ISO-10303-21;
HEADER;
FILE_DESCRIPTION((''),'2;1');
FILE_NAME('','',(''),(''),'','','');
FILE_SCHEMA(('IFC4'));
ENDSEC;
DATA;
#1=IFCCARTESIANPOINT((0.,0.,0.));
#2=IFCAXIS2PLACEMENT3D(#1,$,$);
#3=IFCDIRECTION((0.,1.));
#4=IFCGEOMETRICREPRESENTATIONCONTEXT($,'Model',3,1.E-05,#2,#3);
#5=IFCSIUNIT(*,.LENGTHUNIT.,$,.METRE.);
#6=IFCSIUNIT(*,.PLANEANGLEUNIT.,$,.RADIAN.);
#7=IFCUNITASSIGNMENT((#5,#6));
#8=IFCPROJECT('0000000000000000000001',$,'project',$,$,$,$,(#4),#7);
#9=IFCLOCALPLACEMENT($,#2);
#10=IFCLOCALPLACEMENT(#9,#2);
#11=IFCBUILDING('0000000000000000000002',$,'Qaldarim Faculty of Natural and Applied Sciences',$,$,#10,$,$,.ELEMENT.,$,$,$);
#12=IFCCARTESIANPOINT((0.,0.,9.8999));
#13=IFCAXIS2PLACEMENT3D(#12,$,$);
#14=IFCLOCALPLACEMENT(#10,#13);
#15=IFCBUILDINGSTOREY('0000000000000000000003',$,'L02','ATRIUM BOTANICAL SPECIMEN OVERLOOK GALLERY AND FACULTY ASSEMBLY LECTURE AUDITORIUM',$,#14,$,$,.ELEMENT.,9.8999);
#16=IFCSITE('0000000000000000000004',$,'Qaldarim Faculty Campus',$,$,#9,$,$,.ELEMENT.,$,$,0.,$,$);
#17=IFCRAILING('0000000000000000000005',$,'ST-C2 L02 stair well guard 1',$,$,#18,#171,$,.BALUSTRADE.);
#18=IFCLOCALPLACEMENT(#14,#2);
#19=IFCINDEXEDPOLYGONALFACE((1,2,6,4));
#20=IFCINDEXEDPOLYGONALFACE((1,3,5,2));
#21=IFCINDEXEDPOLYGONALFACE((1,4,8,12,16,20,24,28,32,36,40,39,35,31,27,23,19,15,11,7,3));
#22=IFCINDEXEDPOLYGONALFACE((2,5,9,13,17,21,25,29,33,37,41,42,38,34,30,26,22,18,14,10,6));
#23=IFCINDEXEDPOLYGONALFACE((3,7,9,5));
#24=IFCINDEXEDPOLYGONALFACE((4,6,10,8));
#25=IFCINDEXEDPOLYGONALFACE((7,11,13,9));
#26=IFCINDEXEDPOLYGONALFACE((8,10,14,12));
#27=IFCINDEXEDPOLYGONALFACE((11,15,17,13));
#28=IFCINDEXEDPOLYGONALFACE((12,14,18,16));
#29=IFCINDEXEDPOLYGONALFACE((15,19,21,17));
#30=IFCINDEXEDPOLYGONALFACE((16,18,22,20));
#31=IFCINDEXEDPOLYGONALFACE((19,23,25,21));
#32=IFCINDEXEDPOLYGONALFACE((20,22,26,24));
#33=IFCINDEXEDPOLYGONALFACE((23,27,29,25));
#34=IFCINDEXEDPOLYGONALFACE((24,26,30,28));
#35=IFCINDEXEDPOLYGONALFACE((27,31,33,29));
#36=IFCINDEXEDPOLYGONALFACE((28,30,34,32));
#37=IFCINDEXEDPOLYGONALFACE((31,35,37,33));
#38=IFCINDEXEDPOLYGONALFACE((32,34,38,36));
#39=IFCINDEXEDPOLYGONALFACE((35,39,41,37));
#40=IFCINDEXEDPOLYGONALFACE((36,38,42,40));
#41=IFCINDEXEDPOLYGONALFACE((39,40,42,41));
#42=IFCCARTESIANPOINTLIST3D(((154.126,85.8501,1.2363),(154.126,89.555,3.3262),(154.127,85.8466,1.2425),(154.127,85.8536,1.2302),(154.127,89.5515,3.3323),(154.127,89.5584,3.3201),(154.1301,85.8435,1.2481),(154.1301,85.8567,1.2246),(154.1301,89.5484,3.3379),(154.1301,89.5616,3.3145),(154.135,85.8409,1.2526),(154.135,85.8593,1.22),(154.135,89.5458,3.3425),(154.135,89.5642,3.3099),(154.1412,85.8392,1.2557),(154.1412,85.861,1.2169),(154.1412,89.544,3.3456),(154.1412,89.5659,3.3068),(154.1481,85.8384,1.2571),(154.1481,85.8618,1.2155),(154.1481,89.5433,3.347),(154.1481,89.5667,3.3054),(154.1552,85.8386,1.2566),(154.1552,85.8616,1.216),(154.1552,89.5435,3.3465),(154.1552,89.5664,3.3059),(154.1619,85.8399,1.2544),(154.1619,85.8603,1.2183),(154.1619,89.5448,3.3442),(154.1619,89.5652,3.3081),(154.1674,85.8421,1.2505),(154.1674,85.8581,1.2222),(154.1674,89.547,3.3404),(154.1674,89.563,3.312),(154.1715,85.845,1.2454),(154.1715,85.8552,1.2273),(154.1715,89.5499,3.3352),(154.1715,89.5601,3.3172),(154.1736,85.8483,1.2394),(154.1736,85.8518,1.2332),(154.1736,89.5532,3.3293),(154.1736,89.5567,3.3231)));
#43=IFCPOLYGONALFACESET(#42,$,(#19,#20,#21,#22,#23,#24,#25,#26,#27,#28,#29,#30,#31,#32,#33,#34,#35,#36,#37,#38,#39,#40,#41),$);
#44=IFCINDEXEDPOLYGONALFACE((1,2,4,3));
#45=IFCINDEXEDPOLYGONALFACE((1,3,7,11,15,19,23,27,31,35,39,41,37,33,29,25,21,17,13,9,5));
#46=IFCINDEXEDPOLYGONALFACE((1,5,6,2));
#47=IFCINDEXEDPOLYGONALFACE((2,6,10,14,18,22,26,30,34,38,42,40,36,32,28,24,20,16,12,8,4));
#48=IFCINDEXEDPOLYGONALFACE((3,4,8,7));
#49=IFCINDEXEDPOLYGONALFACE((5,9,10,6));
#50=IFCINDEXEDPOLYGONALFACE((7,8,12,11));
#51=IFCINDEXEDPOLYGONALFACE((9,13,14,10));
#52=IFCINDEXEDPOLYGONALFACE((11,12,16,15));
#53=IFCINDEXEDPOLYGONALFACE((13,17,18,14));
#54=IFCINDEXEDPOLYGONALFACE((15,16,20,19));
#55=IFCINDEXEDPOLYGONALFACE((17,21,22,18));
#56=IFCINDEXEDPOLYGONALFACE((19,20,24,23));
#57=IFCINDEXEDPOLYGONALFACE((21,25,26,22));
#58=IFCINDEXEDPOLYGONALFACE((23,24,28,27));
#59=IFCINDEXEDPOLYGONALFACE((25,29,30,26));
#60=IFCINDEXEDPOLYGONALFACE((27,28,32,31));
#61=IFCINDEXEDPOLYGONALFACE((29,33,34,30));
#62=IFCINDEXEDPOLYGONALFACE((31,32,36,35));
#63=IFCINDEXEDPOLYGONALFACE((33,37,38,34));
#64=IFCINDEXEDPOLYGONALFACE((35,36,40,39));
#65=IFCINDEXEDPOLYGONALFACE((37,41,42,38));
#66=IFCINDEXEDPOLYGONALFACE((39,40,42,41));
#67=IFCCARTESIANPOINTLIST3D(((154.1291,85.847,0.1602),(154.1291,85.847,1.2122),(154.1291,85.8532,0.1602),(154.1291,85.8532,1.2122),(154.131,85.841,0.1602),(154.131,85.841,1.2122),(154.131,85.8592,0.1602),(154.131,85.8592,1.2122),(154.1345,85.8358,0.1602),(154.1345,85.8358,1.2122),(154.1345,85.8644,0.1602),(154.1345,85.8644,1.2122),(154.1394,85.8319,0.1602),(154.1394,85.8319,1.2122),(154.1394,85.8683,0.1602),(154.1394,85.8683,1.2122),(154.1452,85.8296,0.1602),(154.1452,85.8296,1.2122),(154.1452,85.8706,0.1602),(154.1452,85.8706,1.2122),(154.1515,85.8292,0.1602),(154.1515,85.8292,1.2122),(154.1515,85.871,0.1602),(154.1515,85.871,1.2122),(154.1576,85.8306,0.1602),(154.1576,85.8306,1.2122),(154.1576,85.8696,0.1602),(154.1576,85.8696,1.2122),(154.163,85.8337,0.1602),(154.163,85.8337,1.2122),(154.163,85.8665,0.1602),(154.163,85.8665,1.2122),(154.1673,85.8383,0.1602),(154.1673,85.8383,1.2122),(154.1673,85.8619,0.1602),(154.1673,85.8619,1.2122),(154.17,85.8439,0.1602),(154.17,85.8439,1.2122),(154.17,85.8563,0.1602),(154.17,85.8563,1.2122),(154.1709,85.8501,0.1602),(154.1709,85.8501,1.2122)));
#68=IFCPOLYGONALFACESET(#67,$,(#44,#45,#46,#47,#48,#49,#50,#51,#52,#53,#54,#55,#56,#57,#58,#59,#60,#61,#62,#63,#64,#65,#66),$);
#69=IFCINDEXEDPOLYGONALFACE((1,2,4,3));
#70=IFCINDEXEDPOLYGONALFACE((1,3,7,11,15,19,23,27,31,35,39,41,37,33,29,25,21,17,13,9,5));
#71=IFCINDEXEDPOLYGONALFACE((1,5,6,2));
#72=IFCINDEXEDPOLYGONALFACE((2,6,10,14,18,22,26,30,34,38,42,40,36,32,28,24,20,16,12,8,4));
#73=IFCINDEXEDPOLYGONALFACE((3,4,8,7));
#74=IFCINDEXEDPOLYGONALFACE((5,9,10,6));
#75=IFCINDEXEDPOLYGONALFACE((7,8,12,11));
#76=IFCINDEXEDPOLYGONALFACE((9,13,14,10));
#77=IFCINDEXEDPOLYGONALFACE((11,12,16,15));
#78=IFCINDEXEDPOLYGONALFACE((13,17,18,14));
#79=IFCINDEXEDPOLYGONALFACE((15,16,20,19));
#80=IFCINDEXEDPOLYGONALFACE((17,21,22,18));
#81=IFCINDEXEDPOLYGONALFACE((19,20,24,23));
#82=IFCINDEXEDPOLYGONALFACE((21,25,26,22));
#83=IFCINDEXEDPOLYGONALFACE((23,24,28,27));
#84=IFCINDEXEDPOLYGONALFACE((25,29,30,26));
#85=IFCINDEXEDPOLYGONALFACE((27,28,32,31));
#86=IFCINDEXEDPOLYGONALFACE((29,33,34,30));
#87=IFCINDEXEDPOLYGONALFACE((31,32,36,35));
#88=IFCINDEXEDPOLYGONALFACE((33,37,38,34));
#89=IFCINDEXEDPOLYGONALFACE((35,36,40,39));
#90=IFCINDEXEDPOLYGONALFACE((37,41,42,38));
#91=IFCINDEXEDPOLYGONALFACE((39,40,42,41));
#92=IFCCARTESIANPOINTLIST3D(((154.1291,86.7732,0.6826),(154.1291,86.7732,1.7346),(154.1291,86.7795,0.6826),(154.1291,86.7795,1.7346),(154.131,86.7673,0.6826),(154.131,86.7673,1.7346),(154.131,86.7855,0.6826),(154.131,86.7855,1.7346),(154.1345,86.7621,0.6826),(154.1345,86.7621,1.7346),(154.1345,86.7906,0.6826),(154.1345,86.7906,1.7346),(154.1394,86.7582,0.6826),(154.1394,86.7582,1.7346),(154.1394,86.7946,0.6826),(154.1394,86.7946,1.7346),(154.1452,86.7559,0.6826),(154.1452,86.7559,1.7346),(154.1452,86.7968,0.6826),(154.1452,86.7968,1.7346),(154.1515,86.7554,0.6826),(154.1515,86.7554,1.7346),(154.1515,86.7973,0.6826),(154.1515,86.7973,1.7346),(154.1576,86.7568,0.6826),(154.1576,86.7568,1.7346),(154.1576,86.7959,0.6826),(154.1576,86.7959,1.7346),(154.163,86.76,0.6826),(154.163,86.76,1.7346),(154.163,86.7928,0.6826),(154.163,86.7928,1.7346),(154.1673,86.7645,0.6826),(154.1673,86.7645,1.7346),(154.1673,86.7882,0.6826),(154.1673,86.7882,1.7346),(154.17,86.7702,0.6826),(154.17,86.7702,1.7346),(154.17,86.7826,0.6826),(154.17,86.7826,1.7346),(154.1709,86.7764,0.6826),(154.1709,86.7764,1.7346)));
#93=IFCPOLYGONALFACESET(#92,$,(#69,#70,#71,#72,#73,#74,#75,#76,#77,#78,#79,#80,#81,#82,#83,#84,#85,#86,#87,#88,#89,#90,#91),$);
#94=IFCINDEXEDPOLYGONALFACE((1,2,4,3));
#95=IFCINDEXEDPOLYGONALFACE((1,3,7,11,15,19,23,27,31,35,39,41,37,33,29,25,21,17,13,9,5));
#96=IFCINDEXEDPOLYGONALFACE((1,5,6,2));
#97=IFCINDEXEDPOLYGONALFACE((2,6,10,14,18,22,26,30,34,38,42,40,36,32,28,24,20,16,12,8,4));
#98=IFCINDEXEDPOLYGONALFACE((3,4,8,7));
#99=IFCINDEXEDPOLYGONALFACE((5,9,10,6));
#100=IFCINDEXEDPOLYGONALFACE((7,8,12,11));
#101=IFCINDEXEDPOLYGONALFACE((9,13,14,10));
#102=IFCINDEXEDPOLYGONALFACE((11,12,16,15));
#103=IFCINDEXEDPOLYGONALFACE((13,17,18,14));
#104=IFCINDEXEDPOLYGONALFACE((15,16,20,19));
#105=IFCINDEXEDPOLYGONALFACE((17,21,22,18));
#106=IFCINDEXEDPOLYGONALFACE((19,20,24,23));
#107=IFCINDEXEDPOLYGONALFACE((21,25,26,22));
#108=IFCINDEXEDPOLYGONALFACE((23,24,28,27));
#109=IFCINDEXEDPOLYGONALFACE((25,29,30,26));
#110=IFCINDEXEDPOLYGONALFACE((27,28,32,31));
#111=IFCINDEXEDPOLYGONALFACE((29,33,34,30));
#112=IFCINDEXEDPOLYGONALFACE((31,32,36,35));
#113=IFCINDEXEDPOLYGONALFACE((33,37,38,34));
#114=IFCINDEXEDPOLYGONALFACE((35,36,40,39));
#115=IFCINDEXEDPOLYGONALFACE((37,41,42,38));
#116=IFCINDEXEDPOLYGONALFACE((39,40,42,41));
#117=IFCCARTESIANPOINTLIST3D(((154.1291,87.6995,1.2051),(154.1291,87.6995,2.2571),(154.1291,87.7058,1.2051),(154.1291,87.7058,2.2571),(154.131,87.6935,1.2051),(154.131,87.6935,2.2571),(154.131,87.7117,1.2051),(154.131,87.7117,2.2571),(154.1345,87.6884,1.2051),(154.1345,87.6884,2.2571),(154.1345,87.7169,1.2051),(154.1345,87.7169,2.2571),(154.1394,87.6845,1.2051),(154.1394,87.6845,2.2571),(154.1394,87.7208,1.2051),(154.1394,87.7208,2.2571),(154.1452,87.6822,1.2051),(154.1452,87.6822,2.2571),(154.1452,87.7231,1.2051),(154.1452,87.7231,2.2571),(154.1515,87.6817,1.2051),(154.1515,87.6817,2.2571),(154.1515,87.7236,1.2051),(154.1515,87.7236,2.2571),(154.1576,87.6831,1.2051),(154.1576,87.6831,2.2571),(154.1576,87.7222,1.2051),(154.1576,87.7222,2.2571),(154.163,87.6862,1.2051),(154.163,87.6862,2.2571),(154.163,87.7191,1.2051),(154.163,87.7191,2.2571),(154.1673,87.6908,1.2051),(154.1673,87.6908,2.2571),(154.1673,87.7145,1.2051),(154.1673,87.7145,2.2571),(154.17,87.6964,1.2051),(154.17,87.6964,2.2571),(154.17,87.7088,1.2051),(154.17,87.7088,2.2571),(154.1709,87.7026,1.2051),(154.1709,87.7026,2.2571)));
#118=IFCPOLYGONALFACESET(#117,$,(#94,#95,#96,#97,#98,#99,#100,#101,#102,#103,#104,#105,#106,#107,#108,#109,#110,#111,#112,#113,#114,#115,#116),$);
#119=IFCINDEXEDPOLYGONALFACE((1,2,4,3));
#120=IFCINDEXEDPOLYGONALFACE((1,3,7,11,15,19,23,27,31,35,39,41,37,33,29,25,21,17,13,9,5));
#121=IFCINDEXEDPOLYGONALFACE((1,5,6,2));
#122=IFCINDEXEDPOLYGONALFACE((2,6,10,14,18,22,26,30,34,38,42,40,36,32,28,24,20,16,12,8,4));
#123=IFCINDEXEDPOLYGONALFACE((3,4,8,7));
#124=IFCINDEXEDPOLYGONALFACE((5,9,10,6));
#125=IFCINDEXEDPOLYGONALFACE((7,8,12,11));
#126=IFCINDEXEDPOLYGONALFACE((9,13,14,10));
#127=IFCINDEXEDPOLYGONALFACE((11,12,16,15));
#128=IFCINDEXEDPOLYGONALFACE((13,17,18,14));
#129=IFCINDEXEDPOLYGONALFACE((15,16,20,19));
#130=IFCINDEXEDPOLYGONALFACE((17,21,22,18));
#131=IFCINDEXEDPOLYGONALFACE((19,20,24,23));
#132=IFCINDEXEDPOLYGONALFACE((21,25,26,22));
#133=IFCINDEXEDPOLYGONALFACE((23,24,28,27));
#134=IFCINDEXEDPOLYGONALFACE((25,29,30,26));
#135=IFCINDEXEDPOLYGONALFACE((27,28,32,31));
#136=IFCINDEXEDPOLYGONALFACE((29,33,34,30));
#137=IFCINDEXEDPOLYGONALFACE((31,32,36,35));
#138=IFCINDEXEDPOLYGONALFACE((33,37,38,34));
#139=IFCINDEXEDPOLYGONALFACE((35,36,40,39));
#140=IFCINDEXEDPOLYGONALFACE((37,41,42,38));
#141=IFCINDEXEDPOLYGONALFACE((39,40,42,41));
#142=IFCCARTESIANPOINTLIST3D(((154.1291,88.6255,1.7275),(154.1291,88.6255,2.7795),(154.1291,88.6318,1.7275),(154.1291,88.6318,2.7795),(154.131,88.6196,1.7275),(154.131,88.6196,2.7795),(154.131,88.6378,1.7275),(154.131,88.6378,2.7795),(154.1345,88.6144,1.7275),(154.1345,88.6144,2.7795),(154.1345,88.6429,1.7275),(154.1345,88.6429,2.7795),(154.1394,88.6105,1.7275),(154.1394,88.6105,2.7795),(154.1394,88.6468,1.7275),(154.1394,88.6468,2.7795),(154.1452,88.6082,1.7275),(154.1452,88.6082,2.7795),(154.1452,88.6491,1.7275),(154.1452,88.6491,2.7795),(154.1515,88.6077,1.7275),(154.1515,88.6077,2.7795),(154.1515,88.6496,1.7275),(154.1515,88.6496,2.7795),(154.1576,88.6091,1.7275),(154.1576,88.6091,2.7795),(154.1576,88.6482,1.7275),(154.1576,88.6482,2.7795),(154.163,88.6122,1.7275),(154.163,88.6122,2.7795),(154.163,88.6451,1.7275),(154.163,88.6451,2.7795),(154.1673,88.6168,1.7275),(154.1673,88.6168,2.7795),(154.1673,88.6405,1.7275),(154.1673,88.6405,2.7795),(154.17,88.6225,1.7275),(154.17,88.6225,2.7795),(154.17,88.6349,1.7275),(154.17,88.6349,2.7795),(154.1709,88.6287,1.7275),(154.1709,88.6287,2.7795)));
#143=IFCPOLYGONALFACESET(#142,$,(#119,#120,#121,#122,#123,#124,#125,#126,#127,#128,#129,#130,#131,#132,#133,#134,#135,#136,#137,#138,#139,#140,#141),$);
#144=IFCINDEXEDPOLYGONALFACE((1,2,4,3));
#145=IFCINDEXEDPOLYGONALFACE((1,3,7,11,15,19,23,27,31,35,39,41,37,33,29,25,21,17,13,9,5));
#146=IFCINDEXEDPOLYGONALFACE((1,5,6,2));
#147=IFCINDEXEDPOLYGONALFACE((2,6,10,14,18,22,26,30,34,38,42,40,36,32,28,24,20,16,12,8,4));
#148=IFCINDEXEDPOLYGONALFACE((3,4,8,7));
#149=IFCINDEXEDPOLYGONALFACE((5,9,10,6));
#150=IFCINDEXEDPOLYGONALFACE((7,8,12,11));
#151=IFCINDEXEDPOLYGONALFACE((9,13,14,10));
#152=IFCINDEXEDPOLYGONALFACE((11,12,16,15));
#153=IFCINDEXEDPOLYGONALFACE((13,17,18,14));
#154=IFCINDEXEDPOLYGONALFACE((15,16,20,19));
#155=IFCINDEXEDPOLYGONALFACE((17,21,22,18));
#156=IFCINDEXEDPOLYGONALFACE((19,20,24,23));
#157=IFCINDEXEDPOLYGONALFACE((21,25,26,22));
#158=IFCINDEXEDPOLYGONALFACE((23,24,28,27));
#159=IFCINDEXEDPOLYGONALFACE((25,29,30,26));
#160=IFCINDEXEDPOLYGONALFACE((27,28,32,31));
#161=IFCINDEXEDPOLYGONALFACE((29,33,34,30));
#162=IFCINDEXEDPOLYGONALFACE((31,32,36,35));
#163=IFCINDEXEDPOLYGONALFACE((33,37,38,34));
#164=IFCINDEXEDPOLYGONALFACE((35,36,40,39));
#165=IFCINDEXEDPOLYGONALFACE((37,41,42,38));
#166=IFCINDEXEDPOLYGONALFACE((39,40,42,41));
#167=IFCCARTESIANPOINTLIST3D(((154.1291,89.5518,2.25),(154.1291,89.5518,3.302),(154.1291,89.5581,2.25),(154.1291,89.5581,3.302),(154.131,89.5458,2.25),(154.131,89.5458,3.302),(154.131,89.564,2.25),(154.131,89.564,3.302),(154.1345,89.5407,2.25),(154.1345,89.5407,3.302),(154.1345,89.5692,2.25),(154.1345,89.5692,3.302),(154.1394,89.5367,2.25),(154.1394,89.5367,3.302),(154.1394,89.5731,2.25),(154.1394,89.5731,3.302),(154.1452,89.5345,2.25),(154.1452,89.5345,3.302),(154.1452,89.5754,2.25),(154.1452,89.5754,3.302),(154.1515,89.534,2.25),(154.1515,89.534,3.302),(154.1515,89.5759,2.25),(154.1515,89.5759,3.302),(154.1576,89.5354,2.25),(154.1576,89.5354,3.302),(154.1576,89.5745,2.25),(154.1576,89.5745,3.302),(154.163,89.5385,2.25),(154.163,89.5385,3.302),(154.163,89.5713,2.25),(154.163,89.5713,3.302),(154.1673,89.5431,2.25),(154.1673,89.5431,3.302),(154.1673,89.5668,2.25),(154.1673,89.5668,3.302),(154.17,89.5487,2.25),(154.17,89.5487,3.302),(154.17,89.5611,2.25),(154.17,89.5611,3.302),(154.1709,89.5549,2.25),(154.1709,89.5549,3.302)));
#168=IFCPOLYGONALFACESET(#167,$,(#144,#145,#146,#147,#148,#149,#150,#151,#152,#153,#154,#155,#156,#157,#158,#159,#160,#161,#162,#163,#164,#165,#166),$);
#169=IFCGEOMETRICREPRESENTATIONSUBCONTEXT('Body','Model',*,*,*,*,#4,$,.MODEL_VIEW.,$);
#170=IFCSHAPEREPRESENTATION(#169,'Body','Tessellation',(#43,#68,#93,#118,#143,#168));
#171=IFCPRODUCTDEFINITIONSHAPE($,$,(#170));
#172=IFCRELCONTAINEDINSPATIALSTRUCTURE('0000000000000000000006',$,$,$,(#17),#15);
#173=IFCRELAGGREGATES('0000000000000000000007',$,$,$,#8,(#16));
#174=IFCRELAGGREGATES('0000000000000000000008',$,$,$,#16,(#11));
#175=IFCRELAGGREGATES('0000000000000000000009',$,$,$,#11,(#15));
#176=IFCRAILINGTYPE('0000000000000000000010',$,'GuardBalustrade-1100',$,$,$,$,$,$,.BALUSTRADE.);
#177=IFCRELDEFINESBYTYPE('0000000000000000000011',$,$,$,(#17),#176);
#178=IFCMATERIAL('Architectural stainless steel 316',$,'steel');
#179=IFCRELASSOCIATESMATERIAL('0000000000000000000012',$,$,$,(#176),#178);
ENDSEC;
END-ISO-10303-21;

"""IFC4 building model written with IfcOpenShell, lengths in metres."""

from ifc_helpers import new_model, si_unit, direction, frame, origin, origin_2d, place, context, subcontext, project, spatial, circle, extrude, material, type_object, element, save


model = new_model("IFC4")

# Units and contexts
model_context = context("Model", 3, precision=1e-05, world=origin(), true_north=direction((0.0, 1.0)))
body_context = subcontext(model_context, "Body", "Model", "MODEL_VIEW")
ifc_project = project(units=[si_unit("LENGTHUNIT", "METRE"), si_unit("PLANEANGLEUNIT", "RADIAN")], contexts=[model_context])

# Site, building, storey
site_placement = place(None, origin())
site = spatial("IfcSite", under=ifc_project, at=site_placement, Name="Qaldarim Faculty Campus", CompositionType="ELEMENT", RefElevation=0.0)
building_placement = place(site_placement, origin())
building = spatial("IfcBuilding", under=site, at=building_placement, Name="Qaldarim Faculty of Natural and Applied Sciences", CompositionType="ELEMENT")
storey_placement = place(building_placement, frame((0.0, 0.0, 9.8999)))
storey = spatial("IfcBuildingStorey", under=building, at=storey_placement, Name="L02", Description="ATRIUM BOTANICAL SPECIMEN OVERLOOK GALLERY AND FACULTY ASSEMBLY LECTURE AUDITORIUM", CompositionType="ELEMENT", Elevation=9.8999)

# Shared definitions
ifc_material_1 = material(Name="Architectural stainless steel 316", Category="steel")

# Railing
railing_type_1 = type_object("IfcRailingType", Name="GuardBalustrade-1100", PredefinedType="BALUSTRADE", material=ifc_material_1)
railing_1_placement = place(storey_placement, frame((154.1499, 85.8501, 0.1602)))
element("IfcRailing", 1, at=railing_1_placement, inside=storey, type_object=railing_type_1, Name="ST-C2 L02 stair well guard 1", PredefinedType="BALUSTRADE", context=body_context, shape_type="SweptSolid", body=[
    extrude(circle(Radius=0.0239, at=origin_2d()), frame((0.0, 0.0, 1.0762), z_axis=(0.0, 0.870985, 0.49131), x_axis=(-1.0, 0.0, 0.0)), (0.0, 0.0, 1.0), 4.2537),
    extrude(circle(Radius=0.021, at=origin_2d()), origin(), (0.0, 0.0, 1.0), 1.052),
    extrude(circle(Radius=0.021, at=origin_2d()), frame((0.0, 0.9263, 0.5225)), (0.0, 0.0, 1.0), 1.052),
    extrude(circle(Radius=0.021, at=origin_2d()), frame((0.0, 1.8525, 1.0449)), (0.0, 0.0, 1.0), 1.052),
    extrude(circle(Radius=0.021, at=origin_2d()), frame((0.0, 2.7786, 1.5674)), (0.0, 0.0, 1.0), 1.052),
    extrude(circle(Radius=0.021, at=origin_2d()), frame((0.0, 3.7048, 2.0898)), (0.0, 0.0, 1.0), 1.052),
])

save(model, "model.ifc")
